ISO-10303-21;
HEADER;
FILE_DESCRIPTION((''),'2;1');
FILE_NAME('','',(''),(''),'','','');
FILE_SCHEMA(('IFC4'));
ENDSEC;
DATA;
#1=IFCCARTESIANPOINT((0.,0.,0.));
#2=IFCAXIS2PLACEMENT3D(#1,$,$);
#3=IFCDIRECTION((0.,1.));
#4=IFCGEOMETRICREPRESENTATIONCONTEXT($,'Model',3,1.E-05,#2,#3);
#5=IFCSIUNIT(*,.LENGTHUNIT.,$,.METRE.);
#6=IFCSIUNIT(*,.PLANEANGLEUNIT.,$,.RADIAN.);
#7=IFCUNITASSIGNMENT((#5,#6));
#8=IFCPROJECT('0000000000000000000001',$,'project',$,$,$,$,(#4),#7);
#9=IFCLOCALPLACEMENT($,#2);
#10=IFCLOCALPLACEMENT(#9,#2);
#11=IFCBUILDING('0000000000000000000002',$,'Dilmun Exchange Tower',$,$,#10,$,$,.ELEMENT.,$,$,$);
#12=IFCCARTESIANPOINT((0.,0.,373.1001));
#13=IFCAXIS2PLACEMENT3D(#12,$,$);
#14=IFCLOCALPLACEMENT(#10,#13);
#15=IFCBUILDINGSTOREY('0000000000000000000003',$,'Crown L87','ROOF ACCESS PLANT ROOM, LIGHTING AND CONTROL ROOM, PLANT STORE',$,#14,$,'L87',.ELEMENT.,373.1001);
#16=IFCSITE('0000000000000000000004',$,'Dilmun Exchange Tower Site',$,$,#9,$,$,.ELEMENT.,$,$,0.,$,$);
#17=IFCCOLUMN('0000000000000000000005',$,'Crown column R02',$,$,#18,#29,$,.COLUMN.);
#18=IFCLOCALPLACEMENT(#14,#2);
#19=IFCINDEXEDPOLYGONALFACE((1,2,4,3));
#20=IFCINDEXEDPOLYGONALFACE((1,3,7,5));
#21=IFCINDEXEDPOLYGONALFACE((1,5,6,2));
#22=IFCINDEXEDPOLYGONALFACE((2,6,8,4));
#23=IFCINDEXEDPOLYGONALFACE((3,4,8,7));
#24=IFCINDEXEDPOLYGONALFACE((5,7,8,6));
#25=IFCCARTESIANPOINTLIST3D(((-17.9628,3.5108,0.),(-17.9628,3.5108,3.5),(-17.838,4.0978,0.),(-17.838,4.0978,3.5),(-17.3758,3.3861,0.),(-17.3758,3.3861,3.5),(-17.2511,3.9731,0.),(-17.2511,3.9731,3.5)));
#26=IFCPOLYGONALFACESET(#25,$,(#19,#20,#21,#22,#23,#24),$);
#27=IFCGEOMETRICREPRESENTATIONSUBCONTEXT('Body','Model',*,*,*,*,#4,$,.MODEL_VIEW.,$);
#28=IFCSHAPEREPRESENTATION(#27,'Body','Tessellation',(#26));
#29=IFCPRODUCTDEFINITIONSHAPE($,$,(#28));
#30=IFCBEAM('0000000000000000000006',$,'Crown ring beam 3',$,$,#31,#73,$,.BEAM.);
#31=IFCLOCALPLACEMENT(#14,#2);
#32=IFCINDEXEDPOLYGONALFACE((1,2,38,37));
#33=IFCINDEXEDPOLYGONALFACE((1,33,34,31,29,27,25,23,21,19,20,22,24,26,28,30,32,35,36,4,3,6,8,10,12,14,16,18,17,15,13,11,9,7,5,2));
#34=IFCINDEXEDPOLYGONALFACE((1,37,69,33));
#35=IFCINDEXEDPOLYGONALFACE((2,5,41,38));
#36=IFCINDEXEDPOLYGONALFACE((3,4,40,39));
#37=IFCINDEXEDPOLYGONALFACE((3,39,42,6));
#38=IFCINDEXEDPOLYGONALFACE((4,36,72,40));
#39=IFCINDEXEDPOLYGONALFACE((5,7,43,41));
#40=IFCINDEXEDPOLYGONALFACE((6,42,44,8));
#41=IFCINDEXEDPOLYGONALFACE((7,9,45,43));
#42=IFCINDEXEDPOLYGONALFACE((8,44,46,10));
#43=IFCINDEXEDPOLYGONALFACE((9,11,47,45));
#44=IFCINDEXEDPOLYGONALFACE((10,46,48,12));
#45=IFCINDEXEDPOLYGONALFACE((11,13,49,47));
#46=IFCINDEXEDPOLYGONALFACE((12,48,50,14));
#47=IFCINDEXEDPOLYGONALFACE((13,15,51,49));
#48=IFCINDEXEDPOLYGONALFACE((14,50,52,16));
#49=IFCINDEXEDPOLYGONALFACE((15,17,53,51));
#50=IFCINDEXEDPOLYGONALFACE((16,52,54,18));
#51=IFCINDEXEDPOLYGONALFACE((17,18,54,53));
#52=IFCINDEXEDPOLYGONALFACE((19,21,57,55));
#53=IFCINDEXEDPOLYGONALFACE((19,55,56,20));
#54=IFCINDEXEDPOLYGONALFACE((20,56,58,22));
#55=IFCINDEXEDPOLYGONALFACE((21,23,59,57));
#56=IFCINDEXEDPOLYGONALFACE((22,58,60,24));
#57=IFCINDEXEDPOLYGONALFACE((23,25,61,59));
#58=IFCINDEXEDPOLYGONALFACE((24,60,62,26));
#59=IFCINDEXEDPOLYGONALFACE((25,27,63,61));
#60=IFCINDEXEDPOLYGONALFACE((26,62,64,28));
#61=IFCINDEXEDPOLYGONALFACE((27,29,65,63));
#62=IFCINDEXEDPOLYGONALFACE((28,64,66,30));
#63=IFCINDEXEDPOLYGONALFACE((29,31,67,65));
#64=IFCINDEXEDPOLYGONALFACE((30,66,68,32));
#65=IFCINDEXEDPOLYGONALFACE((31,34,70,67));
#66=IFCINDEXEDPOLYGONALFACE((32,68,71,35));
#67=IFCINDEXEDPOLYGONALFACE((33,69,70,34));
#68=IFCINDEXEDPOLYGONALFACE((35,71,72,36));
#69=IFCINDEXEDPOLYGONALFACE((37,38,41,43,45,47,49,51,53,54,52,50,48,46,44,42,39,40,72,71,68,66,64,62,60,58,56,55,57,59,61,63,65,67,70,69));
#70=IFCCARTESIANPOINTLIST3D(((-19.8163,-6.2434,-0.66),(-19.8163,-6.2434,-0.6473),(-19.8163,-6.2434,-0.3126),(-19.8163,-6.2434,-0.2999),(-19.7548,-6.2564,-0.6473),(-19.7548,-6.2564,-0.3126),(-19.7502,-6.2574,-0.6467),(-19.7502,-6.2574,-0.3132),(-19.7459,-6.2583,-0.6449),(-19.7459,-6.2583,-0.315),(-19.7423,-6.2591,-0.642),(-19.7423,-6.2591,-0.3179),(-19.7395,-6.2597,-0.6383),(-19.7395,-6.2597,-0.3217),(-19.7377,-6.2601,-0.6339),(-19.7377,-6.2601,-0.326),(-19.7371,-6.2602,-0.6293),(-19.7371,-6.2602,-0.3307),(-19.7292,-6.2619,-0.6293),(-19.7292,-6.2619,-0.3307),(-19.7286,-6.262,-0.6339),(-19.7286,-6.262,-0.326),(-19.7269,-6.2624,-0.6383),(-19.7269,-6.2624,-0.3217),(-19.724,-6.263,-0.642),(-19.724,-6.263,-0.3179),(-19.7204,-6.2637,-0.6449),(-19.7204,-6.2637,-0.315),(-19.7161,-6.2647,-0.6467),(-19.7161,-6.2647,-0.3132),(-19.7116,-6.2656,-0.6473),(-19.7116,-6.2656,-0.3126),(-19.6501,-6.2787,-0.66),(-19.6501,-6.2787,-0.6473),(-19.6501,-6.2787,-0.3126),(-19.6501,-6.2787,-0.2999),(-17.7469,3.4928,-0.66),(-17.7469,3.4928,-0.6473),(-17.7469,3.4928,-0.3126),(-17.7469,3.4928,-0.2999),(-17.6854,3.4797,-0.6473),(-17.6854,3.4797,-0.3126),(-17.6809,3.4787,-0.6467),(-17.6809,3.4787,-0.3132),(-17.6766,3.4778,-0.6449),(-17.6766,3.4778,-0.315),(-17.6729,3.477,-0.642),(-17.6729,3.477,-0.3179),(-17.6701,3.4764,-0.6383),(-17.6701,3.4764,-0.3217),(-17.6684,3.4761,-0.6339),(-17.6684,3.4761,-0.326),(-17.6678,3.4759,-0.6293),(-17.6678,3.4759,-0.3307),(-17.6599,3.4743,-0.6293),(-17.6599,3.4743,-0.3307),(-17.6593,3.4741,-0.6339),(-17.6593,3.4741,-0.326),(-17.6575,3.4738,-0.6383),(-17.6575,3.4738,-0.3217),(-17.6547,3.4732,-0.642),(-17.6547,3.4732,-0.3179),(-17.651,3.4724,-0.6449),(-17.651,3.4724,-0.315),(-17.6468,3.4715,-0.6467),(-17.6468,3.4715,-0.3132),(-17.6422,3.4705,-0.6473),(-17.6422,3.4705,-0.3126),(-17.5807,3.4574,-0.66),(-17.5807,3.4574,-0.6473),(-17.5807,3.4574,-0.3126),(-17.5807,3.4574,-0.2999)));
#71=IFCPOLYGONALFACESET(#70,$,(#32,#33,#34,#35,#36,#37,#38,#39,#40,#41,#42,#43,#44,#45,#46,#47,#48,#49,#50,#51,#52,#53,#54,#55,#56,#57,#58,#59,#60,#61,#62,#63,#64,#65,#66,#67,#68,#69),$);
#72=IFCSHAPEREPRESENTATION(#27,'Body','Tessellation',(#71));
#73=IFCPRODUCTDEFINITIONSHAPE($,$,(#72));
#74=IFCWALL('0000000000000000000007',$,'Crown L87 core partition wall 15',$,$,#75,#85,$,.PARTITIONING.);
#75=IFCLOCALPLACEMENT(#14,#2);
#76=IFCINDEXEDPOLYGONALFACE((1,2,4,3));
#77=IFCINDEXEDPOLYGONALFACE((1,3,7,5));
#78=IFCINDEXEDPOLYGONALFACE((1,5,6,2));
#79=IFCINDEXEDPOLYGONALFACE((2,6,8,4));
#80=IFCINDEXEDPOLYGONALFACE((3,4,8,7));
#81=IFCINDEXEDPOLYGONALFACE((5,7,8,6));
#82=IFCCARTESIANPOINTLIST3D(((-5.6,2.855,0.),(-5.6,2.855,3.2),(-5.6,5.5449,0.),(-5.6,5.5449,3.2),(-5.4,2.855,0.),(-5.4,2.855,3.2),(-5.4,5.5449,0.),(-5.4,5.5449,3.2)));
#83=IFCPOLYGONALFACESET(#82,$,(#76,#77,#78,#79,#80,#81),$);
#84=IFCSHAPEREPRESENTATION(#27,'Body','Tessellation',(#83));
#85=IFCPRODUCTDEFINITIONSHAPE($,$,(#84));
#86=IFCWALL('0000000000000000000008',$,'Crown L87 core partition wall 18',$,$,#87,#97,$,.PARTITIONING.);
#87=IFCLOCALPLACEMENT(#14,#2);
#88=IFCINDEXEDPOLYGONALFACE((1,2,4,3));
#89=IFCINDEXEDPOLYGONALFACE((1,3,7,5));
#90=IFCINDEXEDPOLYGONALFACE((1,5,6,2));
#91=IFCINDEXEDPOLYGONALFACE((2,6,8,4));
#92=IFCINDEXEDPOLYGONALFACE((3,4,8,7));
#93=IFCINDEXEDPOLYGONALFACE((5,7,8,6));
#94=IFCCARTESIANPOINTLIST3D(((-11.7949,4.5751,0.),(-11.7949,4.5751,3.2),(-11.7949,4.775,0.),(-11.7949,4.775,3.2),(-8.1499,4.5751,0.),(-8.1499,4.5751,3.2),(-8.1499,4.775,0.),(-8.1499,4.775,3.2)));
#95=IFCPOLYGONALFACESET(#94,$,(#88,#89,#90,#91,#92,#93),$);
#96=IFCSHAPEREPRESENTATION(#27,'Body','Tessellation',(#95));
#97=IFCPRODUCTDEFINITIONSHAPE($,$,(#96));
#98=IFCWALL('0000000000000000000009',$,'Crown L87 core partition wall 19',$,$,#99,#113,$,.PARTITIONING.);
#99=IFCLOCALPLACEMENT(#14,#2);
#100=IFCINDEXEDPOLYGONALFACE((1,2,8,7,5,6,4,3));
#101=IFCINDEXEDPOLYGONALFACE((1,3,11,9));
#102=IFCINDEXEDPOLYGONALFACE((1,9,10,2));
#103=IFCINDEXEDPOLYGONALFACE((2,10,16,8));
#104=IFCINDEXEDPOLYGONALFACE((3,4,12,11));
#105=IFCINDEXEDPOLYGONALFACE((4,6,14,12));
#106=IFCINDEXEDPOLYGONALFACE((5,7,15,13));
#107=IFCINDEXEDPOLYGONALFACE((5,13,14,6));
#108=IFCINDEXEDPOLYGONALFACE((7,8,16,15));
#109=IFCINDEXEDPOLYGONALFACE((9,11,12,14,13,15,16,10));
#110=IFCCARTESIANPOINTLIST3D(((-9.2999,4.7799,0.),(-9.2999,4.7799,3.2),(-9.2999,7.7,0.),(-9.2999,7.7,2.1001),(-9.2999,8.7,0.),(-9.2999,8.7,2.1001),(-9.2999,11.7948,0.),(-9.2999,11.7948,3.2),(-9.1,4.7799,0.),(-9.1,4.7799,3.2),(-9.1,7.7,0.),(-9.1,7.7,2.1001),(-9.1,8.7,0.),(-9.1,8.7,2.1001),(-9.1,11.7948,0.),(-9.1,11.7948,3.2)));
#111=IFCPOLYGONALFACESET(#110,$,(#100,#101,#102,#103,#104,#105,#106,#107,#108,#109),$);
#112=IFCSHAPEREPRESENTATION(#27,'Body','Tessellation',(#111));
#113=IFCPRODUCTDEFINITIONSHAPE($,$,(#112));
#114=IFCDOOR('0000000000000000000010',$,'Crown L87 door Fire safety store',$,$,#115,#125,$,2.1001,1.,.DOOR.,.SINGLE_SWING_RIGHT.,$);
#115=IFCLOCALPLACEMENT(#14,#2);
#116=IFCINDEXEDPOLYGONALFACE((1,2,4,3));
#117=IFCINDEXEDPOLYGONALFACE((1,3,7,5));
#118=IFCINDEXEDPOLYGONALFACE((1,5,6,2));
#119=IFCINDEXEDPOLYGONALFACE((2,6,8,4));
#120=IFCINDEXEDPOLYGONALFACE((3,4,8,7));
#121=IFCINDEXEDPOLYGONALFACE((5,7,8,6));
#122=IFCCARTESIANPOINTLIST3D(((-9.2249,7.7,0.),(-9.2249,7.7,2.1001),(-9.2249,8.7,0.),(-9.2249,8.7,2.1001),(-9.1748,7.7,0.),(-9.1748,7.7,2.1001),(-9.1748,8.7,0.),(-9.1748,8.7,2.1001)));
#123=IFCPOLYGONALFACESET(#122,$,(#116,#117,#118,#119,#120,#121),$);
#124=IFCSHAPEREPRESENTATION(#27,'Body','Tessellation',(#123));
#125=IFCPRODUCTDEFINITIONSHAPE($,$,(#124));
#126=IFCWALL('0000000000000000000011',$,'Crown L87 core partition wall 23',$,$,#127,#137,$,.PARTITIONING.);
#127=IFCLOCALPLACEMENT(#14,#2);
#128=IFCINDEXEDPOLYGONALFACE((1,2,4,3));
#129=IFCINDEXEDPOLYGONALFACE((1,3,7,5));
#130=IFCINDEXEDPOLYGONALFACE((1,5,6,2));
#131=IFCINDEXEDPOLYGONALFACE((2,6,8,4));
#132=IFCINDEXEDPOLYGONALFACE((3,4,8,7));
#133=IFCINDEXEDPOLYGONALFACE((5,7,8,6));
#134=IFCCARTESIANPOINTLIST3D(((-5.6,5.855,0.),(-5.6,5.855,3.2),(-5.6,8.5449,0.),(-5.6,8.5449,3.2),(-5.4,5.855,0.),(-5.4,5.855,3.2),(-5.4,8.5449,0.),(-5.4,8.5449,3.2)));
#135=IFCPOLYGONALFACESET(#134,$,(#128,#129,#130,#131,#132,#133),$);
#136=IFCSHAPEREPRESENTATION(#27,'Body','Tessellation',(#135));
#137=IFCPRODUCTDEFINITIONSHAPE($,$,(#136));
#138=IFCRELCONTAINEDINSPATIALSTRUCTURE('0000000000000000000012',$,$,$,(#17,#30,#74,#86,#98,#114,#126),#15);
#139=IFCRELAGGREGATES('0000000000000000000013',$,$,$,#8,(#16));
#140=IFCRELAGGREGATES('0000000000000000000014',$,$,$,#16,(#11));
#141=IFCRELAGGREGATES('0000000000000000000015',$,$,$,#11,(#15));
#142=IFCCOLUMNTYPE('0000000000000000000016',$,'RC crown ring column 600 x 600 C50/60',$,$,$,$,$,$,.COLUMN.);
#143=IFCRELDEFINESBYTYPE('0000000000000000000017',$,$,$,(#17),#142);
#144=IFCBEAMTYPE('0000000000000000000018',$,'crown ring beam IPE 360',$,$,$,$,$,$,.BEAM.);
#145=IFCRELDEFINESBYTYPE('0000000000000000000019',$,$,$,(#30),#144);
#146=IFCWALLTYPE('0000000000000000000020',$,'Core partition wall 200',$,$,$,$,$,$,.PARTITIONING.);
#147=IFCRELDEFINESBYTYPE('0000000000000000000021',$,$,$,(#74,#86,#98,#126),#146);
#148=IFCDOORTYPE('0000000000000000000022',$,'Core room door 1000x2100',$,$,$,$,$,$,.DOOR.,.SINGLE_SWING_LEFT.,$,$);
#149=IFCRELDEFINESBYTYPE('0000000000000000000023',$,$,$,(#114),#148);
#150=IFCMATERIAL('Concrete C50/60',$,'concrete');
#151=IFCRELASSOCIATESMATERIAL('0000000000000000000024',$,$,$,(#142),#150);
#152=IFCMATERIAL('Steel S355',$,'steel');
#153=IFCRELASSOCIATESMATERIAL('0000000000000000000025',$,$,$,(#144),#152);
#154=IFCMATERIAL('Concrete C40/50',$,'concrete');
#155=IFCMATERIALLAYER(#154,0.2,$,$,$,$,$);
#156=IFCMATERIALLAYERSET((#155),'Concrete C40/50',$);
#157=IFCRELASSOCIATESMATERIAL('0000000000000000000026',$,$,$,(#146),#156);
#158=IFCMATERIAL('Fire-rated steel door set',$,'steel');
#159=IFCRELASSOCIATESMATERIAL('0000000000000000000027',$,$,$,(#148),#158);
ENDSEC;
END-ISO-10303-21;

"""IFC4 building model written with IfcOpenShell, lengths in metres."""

from ifc_helpers import new_model, si_unit, direction, frame, frame_2d, origin, origin_2d, place, context, subcontext, project, spatial, rectangle, i_section, extrude, material, layer, layer_set, material_profile, profile_set, type_object, element, fill, save


model = new_model("IFC4")

# Units and contexts
model_context = context("Model", 3, precision=1e-05, world=origin(), true_north=direction((0.0, 1.0)))
body_context = subcontext(model_context, "Body", "Model", "MODEL_VIEW")
ifc_project = project(units=[si_unit("LENGTHUNIT", "METRE"), si_unit("PLANEANGLEUNIT", "RADIAN")], contexts=[model_context])

# Site, building, storey
site_placement = place(None, origin())
site = spatial("IfcSite", under=ifc_project, at=site_placement, Name="Dilmun Exchange Tower Site", CompositionType="ELEMENT", RefElevation=0.0)
building_placement = place(site_placement, origin())
building = spatial("IfcBuilding", under=site, at=building_placement, Name="Dilmun Exchange Tower", CompositionType="ELEMENT")
storey_placement = place(building_placement, frame((0.0, 0.0, 373.1001)))
storey = spatial("IfcBuildingStorey", under=building, at=storey_placement, Name="Crown L87", Description="ROOF ACCESS PLANT ROOM, LIGHTING AND CONTROL ROOM, PLANT STORE", LongName="L87", CompositionType="ELEMENT", Elevation=373.1001)

# Column
ifc_material_1 = material(Name="Concrete C50/60", Category="concrete")
ifc_material_profile_1 = material_profile(ifc_material_1, rectangle(XDim=0.6001, YDim=0.6001, at=origin_2d()), Name="600 x 600")
ifc_profile_set_1 = profile_set([ifc_material_profile_1], Name="Concrete C50/60")
column_type = type_object("IfcColumnType", Name="RC crown ring column 600 x 600 C50/60", PredefinedType="COLUMN", material=ifc_profile_set_1)
column_placement = place(storey_placement, frame((-17.6069, 3.7419, 0.0), z_axis=(0.0, 0.0, 1.0), x_axis=(0.207912, 0.978148, 0.0)))
element("IfcColumn", 1, at=column_placement, inside=storey, type_object=column_type, Name="Crown column R02", PredefinedType="COLUMN", context=body_context, shape_type="SweptSolid", body=[
    extrude(rectangle(XDim=0.6001, YDim=0.6001, at=origin_2d()), origin(), (0.0, 0.0, 1.0), 3.5),
])

# Beam
ifc_material_2 = material(Name="Steel S355", Category="steel")
ifc_material_profile_2 = material_profile(ifc_material_2, i_section(OverallWidth=0.1699, OverallDepth=0.3601, WebThickness=0.0081, FlangeThickness=0.0127, FilletRadius=0.0181, at=origin_2d()), Name="IPE 360")
ifc_profile_set_2 = profile_set([ifc_material_profile_2], Name="Steel S355")
beam_type = type_object("IfcBeamType", Name="crown ring beam IPE 360", PredefinedType="BEAM", material=ifc_profile_set_2)
beam_placement = place(storey_placement, frame((-17.6638, 3.4751, -0.48), z_axis=(-0.207899, -0.97815, 0.0), x_axis=(0.97815, -0.207899, 0.0)))
element("IfcBeam", 2, at=beam_placement, inside=storey, type_object=beam_type, Name="Crown ring beam 3", PredefinedType="BEAM", context=body_context, shape_type="SweptSolid", body=[
    extrude(i_section(OverallWidth=0.1699, OverallDepth=0.3601, WebThickness=0.0081, FlangeThickness=0.0127, FilletRadius=0.0181, at=origin_2d()), origin(), (0.0, 0.0, 1.0), 9.9536),
])

# Walls
ifc_material_3 = material(Name="Concrete C40/50", Category="concrete")
ifc_layer_1 = layer(ifc_material_3, 0.2)
ifc_layer_set_1 = layer_set([ifc_layer_1], Name="Concrete C40/50")
wall_type_1 = type_object("IfcWallType", Name="Core partition wall 200", PredefinedType="PARTITIONING", material=ifc_layer_set_1)
wall_1_placement = place(storey_placement, frame((-5.5, 2.855, 0.0), z_axis=(0.0, 0.0, 1.0), x_axis=(0.0, 1.0, 0.0)))
element("IfcWall", 3, at=wall_1_placement, inside=storey, type_object=wall_type_1, Name="Crown L87 core partition wall 15", PredefinedType="PARTITIONING", context=body_context, shape_type="SweptSolid", body=[
    extrude(rectangle(XDim=2.6899, YDim=0.2, at=frame_2d((1.345, 0.0))), origin(), (0.0, 0.0, 1.0), 3.2),
])
wall_2_placement = place(storey_placement, frame((-11.7949, 4.675, 0.0), z_axis=(0.0, 0.0, 1.0), x_axis=(1.0, 0.0, 0.0)))
element("IfcWall", 4, at=wall_2_placement, inside=storey, type_object=wall_type_1, Name="Crown L87 core partition wall 18", PredefinedType="PARTITIONING", context=body_context, shape_type="SweptSolid", body=[
    extrude(rectangle(XDim=3.645, YDim=0.2, at=frame_2d((1.8225, 0.0))), origin(), (0.0, 0.0, 1.0), 3.2),
])

# Wall, opening, door
wall_3_placement = place(storey_placement, frame((-9.2, 4.78, 0.0), z_axis=(0.0, 0.0, 1.0), x_axis=(0.0, 1.0, 0.0)))
wall_3 = element("IfcWall", 5, at=wall_3_placement, inside=storey, type_object=wall_type_1, Name="Crown L87 core partition wall 19", PredefinedType="PARTITIONING", context=body_context, shape_type="SweptSolid", body=[
    extrude(rectangle(XDim=7.0149, YDim=0.2, at=frame_2d((3.5073, 0.0))), origin(), (0.0, 0.0, 1.0), 3.2),
])
opening_1_placement = place(wall_3_placement, frame((2.9199, 0.0, 0.0)))
opening_1 = element("IfcOpeningElement", 6, at=opening_1_placement, cuts=wall_3, PredefinedType="OPENING", context=body_context, shape_type="SweptSolid", body=[
    extrude(rectangle(XDim=1.0, YDim=2.1001, at=frame_2d((0.5, 1.05))), frame((0.0, 0.1099, 0.0), z_axis=(0.0, -1.0, 0.0), x_axis=(1.0, 0.0, 0.0)), (0.0, 0.0, 1.0), 0.22),
])
ifc_material_4 = material(Name="Fire-rated steel door set", Category="steel")
door_type_1 = type_object("IfcDoorType", Name="Core room door 1000x2100", OperationType="SINGLE_SWING_LEFT", PredefinedType="DOOR", material=ifc_material_4)
door_1_placement = place(opening_1_placement, origin())
door_1 = element("IfcDoor", 7, at=door_1_placement, inside=storey, type_object=door_type_1, Name="Crown L87 door Fire safety store", OperationType="SINGLE_SWING_RIGHT", OverallHeight=2.1001, OverallWidth=1.0, PredefinedType="DOOR", context=body_context, shape_type="SweptSolid", body=[
    extrude(rectangle(XDim=1.0, YDim=2.1001, at=frame_2d((0.5, 1.05))), frame((0.0, 0.0249, 0.0), z_axis=(0.0, -1.0, 0.0), x_axis=(1.0, 0.0, 0.0)), (0.0, 0.0, 1.0), 0.05),
])
fill(opening_1, door_1)

# Wall
wall_4_placement = place(storey_placement, frame((-5.5, 5.855, 0.0), z_axis=(0.0, 0.0, 1.0), x_axis=(0.0, 1.0, 0.0)))
element("IfcWall", 8, at=wall_4_placement, inside=storey, type_object=wall_type_1, Name="Crown L87 core partition wall 23", PredefinedType="PARTITIONING", context=body_context, shape_type="SweptSolid", body=[
    extrude(rectangle(XDim=2.6899, YDim=0.2, at=frame_2d((1.345, 0.0))), origin(), (0.0, 0.0, 1.0), 3.2),
])

save(model, "model.ifc")
